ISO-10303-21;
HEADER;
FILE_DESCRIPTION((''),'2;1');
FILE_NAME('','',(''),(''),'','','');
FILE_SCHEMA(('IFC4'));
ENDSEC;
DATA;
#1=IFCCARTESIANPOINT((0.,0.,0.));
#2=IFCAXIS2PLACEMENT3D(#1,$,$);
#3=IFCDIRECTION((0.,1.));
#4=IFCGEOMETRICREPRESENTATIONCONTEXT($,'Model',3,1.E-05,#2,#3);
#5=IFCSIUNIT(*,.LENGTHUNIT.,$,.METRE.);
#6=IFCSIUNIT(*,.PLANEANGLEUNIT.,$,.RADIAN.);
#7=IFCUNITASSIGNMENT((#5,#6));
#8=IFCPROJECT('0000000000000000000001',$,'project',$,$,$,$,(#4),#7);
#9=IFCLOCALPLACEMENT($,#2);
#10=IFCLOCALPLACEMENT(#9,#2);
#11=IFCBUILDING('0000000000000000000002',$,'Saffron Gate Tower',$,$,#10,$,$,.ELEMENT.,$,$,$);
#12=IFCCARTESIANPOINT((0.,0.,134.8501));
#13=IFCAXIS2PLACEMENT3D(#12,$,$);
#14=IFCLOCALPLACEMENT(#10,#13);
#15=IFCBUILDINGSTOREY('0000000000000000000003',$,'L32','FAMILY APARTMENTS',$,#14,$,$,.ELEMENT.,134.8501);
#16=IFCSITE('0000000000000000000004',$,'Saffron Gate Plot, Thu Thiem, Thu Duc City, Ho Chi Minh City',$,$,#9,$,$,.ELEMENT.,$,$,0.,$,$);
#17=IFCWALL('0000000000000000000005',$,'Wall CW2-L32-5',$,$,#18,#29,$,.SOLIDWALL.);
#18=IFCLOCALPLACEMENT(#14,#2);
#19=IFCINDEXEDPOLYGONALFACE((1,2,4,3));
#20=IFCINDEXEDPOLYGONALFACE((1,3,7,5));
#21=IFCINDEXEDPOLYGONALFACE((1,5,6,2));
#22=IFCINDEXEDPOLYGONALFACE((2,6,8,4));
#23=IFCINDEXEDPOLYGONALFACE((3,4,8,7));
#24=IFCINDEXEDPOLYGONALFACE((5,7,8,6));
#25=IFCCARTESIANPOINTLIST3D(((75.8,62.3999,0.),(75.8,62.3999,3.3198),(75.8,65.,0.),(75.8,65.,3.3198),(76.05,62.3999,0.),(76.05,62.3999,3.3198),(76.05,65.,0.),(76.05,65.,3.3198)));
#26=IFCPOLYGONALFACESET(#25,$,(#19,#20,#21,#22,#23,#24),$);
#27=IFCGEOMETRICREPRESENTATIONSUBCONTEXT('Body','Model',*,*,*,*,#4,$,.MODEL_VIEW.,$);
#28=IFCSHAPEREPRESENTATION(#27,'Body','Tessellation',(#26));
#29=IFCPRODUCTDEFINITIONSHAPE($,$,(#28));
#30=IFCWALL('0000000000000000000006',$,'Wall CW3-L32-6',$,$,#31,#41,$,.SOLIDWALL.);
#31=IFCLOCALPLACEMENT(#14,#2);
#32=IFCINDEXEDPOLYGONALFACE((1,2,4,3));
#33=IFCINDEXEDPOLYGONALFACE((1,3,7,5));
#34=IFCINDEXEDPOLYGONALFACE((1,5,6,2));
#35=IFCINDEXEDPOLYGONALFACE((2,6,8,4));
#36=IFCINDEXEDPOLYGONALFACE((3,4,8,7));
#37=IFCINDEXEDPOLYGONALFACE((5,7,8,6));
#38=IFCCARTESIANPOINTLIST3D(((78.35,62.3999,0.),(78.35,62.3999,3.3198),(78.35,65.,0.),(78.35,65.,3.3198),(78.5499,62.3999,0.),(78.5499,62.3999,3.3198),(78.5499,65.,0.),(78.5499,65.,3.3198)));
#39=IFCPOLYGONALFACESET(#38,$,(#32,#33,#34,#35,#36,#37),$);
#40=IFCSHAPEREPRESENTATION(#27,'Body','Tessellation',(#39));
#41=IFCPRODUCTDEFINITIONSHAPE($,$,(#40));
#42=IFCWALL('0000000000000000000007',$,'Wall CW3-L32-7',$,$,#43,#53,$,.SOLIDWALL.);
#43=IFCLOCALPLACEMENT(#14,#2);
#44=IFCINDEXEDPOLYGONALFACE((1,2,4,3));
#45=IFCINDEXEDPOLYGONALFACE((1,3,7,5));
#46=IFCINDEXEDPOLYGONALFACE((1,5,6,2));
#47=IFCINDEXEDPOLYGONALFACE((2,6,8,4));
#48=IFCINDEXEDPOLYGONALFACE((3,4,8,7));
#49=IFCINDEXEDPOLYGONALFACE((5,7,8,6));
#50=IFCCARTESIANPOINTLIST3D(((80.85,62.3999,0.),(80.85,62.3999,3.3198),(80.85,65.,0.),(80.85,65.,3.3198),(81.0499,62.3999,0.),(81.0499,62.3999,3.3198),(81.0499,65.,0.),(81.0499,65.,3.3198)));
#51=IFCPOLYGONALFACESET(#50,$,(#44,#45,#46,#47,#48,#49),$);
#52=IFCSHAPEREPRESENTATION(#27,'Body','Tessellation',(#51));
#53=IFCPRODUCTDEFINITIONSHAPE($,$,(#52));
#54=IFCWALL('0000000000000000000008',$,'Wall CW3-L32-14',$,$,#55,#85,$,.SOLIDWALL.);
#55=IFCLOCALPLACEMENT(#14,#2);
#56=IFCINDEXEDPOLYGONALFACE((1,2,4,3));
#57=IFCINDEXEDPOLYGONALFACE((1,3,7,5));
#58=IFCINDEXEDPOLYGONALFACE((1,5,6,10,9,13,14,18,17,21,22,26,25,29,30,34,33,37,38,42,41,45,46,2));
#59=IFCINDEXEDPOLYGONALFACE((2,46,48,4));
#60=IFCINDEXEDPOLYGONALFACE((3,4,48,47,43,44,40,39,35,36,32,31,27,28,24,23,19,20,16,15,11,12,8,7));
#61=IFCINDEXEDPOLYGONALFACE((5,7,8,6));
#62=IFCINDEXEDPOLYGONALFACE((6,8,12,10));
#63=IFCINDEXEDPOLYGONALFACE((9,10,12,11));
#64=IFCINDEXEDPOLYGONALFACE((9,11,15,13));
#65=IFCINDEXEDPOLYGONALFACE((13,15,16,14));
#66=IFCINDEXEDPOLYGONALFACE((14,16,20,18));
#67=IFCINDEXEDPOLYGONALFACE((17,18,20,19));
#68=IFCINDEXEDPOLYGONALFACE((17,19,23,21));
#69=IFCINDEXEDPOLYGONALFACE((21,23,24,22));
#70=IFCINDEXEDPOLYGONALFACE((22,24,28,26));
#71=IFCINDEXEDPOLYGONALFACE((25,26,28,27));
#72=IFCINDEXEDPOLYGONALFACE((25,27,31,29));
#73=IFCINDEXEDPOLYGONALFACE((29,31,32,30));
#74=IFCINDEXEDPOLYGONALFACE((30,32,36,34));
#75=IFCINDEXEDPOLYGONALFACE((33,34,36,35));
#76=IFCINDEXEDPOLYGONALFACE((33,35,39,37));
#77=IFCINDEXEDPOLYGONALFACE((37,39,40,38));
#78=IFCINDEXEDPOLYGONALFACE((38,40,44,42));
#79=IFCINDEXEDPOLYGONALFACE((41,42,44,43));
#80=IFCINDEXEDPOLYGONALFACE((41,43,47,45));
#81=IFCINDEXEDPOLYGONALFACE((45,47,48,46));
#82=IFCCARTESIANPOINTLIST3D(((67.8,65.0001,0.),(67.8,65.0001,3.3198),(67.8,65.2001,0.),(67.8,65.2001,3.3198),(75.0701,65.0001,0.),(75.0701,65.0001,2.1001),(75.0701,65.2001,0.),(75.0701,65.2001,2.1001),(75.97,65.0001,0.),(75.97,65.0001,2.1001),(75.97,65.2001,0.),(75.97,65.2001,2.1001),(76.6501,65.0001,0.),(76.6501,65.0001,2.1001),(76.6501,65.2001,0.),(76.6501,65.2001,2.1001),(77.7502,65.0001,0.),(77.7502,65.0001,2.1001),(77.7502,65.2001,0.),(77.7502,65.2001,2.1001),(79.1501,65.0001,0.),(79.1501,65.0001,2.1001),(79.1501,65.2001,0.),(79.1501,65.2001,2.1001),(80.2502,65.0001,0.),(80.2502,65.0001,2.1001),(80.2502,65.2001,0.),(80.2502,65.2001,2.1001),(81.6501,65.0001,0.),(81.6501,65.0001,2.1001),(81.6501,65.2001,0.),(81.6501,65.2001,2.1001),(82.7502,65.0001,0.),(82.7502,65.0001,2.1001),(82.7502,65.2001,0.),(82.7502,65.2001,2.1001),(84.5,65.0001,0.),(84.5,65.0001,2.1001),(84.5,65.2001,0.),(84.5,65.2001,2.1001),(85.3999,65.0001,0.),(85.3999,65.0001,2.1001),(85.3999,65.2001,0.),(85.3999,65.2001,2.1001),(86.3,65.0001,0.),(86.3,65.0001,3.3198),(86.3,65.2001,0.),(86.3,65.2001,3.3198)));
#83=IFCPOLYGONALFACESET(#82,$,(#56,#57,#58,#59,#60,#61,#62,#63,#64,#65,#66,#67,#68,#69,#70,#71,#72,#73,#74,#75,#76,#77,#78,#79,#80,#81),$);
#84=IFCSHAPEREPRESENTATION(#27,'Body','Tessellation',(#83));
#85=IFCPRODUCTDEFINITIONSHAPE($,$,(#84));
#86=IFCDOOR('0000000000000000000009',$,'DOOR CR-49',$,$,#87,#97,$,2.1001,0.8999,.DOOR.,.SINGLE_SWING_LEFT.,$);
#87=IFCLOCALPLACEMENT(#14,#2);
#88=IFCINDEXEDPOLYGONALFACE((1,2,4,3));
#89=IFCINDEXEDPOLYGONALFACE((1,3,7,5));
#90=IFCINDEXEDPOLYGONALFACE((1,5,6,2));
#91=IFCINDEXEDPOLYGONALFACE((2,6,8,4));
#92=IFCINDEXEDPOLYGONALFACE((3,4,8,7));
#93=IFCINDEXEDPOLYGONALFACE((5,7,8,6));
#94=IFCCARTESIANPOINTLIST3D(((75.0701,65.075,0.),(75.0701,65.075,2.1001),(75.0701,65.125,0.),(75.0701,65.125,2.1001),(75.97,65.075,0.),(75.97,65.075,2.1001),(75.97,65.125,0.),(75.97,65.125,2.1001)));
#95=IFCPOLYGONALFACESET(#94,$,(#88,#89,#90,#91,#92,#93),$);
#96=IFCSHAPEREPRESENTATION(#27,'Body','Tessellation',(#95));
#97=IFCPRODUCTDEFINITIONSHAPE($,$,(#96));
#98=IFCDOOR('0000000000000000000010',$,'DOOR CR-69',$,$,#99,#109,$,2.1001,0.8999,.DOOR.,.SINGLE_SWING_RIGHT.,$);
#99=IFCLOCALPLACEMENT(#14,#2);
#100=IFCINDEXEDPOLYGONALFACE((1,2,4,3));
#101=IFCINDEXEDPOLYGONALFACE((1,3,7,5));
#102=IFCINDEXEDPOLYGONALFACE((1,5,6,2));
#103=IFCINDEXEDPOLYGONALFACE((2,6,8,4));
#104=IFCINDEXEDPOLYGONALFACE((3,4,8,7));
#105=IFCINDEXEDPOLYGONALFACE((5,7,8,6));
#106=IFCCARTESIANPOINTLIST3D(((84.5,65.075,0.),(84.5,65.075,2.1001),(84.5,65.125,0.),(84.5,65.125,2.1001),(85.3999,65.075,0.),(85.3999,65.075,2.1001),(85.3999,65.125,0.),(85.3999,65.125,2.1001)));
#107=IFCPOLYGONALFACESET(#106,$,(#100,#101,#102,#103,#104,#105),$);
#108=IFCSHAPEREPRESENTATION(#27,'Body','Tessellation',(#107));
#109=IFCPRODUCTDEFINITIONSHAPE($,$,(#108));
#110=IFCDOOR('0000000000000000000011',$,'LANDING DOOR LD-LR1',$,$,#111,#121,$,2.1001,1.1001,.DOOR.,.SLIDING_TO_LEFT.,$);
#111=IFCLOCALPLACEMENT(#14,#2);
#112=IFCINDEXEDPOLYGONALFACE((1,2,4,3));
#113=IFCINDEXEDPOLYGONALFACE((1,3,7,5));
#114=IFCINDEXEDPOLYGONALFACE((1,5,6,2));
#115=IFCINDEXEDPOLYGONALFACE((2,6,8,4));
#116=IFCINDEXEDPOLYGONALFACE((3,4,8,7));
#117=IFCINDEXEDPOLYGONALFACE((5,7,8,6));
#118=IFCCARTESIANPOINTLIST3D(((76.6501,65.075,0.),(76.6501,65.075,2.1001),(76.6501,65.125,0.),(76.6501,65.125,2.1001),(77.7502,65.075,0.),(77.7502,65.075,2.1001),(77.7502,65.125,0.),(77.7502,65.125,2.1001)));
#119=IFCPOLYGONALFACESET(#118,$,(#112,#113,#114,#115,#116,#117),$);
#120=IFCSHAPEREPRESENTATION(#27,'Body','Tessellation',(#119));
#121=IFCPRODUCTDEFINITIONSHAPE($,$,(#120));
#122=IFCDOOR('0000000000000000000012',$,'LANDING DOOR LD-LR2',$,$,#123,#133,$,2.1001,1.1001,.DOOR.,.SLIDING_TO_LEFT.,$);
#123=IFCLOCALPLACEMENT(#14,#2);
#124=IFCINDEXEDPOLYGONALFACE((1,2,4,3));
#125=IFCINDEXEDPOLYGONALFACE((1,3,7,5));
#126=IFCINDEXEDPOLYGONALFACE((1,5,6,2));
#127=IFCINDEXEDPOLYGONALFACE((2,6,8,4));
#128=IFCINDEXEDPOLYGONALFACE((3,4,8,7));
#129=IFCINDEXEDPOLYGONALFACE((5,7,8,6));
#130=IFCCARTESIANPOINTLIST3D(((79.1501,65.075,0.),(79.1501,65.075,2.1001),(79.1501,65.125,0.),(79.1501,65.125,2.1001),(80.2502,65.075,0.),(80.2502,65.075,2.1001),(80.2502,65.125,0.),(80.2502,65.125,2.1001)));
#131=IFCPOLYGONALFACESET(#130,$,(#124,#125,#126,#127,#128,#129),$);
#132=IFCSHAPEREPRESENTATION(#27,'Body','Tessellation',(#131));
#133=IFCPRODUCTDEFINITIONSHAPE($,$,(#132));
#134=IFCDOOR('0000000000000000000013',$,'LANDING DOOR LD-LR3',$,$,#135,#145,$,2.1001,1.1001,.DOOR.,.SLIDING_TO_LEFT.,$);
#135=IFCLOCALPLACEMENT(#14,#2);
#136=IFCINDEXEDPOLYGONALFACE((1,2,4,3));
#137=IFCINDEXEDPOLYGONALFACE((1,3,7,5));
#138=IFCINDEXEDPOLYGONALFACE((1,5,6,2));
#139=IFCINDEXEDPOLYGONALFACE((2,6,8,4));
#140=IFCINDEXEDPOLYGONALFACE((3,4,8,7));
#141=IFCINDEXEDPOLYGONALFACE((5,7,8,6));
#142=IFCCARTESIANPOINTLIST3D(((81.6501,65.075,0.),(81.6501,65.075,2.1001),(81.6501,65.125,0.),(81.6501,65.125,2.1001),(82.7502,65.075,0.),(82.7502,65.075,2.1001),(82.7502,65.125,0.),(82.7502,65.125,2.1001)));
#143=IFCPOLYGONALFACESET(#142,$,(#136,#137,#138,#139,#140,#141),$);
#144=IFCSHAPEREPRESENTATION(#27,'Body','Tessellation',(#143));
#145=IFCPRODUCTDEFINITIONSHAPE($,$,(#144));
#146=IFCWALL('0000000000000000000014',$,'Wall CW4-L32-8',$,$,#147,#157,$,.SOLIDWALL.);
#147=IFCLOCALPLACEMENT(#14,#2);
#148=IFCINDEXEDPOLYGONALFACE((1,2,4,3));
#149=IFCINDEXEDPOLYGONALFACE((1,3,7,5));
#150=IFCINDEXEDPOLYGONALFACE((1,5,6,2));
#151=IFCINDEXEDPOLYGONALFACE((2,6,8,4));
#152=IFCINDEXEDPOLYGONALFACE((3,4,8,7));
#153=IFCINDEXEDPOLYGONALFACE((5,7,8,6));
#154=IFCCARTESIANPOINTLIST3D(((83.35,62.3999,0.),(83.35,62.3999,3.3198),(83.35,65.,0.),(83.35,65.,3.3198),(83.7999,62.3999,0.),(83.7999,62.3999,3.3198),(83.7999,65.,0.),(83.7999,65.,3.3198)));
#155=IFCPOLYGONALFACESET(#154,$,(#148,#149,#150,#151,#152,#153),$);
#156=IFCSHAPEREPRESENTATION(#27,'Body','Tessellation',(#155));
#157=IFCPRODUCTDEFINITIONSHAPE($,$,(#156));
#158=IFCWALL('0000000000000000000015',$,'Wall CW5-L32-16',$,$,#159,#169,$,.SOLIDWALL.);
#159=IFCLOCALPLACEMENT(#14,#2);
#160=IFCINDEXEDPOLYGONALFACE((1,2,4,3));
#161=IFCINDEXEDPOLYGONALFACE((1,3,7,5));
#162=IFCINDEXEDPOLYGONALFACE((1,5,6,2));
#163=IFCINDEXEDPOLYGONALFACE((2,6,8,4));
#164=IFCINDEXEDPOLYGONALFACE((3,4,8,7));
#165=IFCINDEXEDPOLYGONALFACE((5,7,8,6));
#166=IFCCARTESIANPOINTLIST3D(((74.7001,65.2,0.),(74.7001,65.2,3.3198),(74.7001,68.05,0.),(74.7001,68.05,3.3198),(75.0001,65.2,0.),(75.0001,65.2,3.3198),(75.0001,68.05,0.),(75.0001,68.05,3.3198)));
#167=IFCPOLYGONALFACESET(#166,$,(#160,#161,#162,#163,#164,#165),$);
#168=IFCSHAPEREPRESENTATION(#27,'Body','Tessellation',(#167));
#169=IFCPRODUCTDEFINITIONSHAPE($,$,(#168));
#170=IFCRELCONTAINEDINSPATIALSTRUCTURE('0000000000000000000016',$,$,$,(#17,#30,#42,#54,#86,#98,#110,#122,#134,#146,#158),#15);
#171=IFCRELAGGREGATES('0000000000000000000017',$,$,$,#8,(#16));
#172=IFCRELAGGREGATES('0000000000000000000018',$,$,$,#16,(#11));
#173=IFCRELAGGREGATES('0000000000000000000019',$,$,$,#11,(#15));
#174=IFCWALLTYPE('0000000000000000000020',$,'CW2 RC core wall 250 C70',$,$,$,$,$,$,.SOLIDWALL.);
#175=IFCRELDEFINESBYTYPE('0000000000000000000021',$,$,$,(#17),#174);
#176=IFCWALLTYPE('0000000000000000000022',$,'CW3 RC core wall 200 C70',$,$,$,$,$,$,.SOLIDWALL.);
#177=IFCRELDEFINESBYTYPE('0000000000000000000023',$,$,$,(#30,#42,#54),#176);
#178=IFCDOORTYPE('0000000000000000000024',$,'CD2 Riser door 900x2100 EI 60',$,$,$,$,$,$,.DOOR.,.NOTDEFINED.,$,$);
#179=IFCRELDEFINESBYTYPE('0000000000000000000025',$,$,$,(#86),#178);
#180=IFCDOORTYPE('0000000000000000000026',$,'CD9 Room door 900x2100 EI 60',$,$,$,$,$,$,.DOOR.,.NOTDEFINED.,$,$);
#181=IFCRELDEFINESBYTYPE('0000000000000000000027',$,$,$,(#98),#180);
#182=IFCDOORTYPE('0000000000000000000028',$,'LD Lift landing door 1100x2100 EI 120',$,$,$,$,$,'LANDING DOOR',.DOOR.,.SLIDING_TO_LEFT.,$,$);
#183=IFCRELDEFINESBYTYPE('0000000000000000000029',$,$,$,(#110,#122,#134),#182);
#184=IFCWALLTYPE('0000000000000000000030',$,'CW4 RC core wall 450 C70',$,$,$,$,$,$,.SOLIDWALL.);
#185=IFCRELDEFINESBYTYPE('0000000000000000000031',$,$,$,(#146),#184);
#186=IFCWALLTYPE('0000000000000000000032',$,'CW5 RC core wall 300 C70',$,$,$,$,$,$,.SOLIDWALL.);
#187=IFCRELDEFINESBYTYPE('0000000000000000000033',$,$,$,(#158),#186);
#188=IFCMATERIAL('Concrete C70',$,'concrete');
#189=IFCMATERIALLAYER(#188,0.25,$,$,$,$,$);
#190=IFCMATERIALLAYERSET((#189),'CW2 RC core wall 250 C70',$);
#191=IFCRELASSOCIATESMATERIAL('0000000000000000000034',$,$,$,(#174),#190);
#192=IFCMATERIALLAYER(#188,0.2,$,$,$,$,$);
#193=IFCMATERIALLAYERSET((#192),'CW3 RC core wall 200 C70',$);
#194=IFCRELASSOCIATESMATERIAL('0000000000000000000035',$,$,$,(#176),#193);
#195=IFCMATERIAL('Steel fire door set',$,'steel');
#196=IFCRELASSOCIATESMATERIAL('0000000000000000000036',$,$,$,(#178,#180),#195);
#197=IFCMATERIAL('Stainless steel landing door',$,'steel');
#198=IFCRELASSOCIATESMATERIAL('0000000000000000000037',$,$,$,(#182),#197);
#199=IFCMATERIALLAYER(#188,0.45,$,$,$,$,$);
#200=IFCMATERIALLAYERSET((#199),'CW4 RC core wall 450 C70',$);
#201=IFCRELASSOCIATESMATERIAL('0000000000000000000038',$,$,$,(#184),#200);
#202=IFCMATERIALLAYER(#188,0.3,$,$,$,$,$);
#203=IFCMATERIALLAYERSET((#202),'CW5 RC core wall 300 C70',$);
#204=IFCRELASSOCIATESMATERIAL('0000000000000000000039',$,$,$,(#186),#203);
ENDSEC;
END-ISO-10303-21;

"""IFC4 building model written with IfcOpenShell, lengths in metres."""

from ifc_helpers import new_model, si_unit, direction, frame, frame_2d, origin, place, context, subcontext, project, spatial, rectangle, extrude, material, layer, layer_set, type_object, element, fill, save


model = new_model("IFC4")

# Units and contexts
model_context = context("Model", 3, precision=1e-05, world=origin(), true_north=direction((0.0, 1.0)))
body_context = subcontext(model_context, "Body", "Model", "MODEL_VIEW")
ifc_project = project(units=[si_unit("LENGTHUNIT", "METRE"), si_unit("PLANEANGLEUNIT", "RADIAN")], contexts=[model_context])

# Site, building, storey
site_placement = place(None, origin())
site = spatial("IfcSite", under=ifc_project, at=site_placement, Name="Saffron Gate Plot, Thu Thiem, Thu Duc City, Ho Chi Minh City", CompositionType="ELEMENT", RefElevation=0.0)
building_placement = place(site_placement, origin())
building = spatial("IfcBuilding", under=site, at=building_placement, Name="Saffron Gate Tower", CompositionType="ELEMENT")
storey_placement = place(building_placement, frame((0.0, 0.0, 134.8501)))
storey = spatial("IfcBuildingStorey", under=building, at=storey_placement, Name="L32", Description="FAMILY APARTMENTS", CompositionType="ELEMENT", Elevation=134.8501)

# Walls
ifc_material_1 = material(Name="Concrete C70", Category="concrete")
ifc_layer_1 = layer(ifc_material_1, 0.25)
ifc_layer_set_1 = layer_set([ifc_layer_1], Name="CW2 RC core wall 250 C70")
wall_type_1 = type_object("IfcWallType", Name="CW2 RC core wall 250 C70", PredefinedType="SOLIDWALL", material=ifc_layer_set_1)
wall_1_placement = place(storey_placement, frame((75.925, 62.3999, 0.0), z_axis=(0.0, 0.0, 1.0), x_axis=(0.0, 1.0, 0.0)))
element("IfcWall", 1, at=wall_1_placement, inside=storey, type_object=wall_type_1, Name="Wall CW2-L32-5", PredefinedType="SOLIDWALL", context=body_context, shape_type="SweptSolid", body=[
    extrude(rectangle(XDim=2.6001, YDim=0.25, at=frame_2d((1.3, 0.0))), origin(), (0.0, 0.0, 1.0), 3.3198),
])
ifc_layer_2 = layer(ifc_material_1, 0.2)
ifc_layer_set_2 = layer_set([ifc_layer_2], Name="CW3 RC core wall 200 C70")
wall_type_2 = type_object("IfcWallType", Name="CW3 RC core wall 200 C70", PredefinedType="SOLIDWALL", material=ifc_layer_set_2)
for number, where, z_axis, x_axis, name in (
    (2, (78.45, 62.3999, 0.0), (0.0, 0.0, 1.0), (0.0, 1.0, 0.0), "Wall CW3-L32-6"),
    (3, (80.95, 62.3999, 0.0), (0.0, 0.0, 1.0), (0.0, 1.0, 0.0), "Wall CW3-L32-7"),
):
    element("IfcWall", number, at=place(storey_placement, frame(where, z_axis=z_axis, x_axis=x_axis)), inside=storey, type_object=wall_type_2, Name=name, PredefinedType="SOLIDWALL", context=body_context, shape_type="SweptSolid", body=[
        extrude(rectangle(XDim=2.6001, YDim=0.2, at=frame_2d((1.3, 0.0))), origin(), (0.0, 0.0, 1.0), 3.3198),
    ])

# Wall, openings, doors
wall_2_placement = place(storey_placement, frame((67.8, 65.1001, 0.0), z_axis=(0.0, 0.0, 1.0), x_axis=(1.0, 0.0, 0.0)))
wall_2 = element("IfcWall", 4, at=wall_2_placement, inside=storey, type_object=wall_type_2, Name="Wall CW3-L32-14", PredefinedType="SOLIDWALL", context=body_context, shape_type="SweptSolid", body=[
    extrude(rectangle(XDim=18.5, YDim=0.2, at=frame_2d((9.25, 0.0))), origin(), (0.0, 0.0, 1.0), 3.3198),
])
opening_1_placement = place(wall_2_placement, frame((7.27, 0.0, 0.0)))
opening_1 = element("IfcOpeningElement", 5, at=opening_1_placement, cuts=wall_2, PredefinedType="OPENING", context=body_context, shape_type="SweptSolid", body=[
    extrude(rectangle(XDim=0.8999, YDim=2.1001, at=frame_2d((0.45, 1.05))), frame((0.0, 0.1099, 0.0), z_axis=(0.0, -1.0, 0.0), x_axis=(1.0, 0.0, 0.0)), (0.0, 0.0, 1.0), 0.22),
])
opening_2_placement = place(wall_2_placement, frame((8.8501, 0.0, 0.0)))
opening_2 = element("IfcOpeningElement", 6, at=opening_2_placement, cuts=wall_2, PredefinedType="OPENING", context=body_context, shape_type="SweptSolid", body=[
    extrude(rectangle(XDim=1.1001, YDim=2.1001, at=frame_2d((0.55, 1.05))), frame((0.0, 0.1099, 0.0), z_axis=(0.0, -1.0, 0.0), x_axis=(1.0, 0.0, 0.0)), (0.0, 0.0, 1.0), 0.22),
])
opening_3_placement = place(wall_2_placement, frame((11.3501, 0.0, 0.0)))
opening_3 = element("IfcOpeningElement", 7, at=opening_3_placement, cuts=wall_2, PredefinedType="OPENING", context=body_context, shape_type="SweptSolid", body=[
    extrude(rectangle(XDim=1.1001, YDim=2.1001, at=frame_2d((0.55, 1.05))), frame((0.0, 0.1099, 0.0), z_axis=(0.0, -1.0, 0.0), x_axis=(1.0, 0.0, 0.0)), (0.0, 0.0, 1.0), 0.22),
])
opening_4_placement = place(wall_2_placement, frame((13.8501, 0.0, 0.0)))
opening_4 = element("IfcOpeningElement", 8, at=opening_4_placement, cuts=wall_2, PredefinedType="OPENING", context=body_context, shape_type="SweptSolid", body=[
    extrude(rectangle(XDim=1.1001, YDim=2.1001, at=frame_2d((0.55, 1.05))), frame((0.0, 0.1099, 0.0), z_axis=(0.0, -1.0, 0.0), x_axis=(1.0, 0.0, 0.0)), (0.0, 0.0, 1.0), 0.22),
])
opening_5_placement = place(wall_2_placement, frame((16.7, 0.0, 0.0)))
opening_5 = element("IfcOpeningElement", 9, at=opening_5_placement, cuts=wall_2, PredefinedType="OPENING", context=body_context, shape_type="SweptSolid", body=[
    extrude(rectangle(XDim=0.8999, YDim=2.1001, at=frame_2d((0.45, 1.05))), frame((0.0, 0.1099, 0.0), z_axis=(0.0, -1.0, 0.0), x_axis=(1.0, 0.0, 0.0)), (0.0, 0.0, 1.0), 0.22),
])
ifc_material_2 = material(Name="Steel fire door set", Category="steel")
door_type_1 = type_object("IfcDoorType", Name="CD2 Riser door 900x2100 EI 60", OperationType="NOTDEFINED", PredefinedType="DOOR", material=ifc_material_2)
door_1_placement = place(opening_1_placement, origin())
door_1 = element("IfcDoor", 10, at=door_1_placement, inside=storey, type_object=door_type_1, Name="DOOR CR-49", OperationType="SINGLE_SWING_LEFT", OverallHeight=2.1001, OverallWidth=0.8999, PredefinedType="DOOR", context=body_context, shape_type="SweptSolid", body=[
    extrude(rectangle(XDim=0.8999, YDim=2.1001, at=frame_2d((0.45, 1.05))), frame((0.0, 0.0249, 0.0), z_axis=(0.0, -1.0, 0.0), x_axis=(1.0, 0.0, 0.0)), (0.0, 0.0, 1.0), 0.05),
])
fill(opening_1, door_1)
door_type_2 = type_object("IfcDoorType", Name="CD9 Room door 900x2100 EI 60", OperationType="NOTDEFINED", PredefinedType="DOOR", material=ifc_material_2)
door_2_placement = place(opening_5_placement, origin())
door_2 = element("IfcDoor", 11, at=door_2_placement, inside=storey, type_object=door_type_2, Name="DOOR CR-69", OperationType="SINGLE_SWING_RIGHT", OverallHeight=2.1001, OverallWidth=0.8999, PredefinedType="DOOR", context=body_context, shape_type="SweptSolid", body=[
    extrude(rectangle(XDim=0.8999, YDim=2.1001, at=frame_2d((0.45, 1.05))), frame((0.0, 0.0249, 0.0), z_axis=(0.0, -1.0, 0.0), x_axis=(1.0, 0.0, 0.0)), (0.0, 0.0, 1.0), 0.05),
])
fill(opening_5, door_2)
ifc_material_3 = material(Name="Stainless steel landing door", Category="steel")
door_type_3 = type_object("IfcDoorType", Name="LD Lift landing door 1100x2100 EI 120", ElementType="LANDING DOOR", OperationType="SLIDING_TO_LEFT", PredefinedType="DOOR", material=ifc_material_3)
door_3_placement = place(opening_2_placement, origin())
door_3 = element("IfcDoor", 12, at=door_3_placement, inside=storey, type_object=door_type_3, Name="LANDING DOOR LD-LR1", OperationType="SLIDING_TO_LEFT", OverallHeight=2.1001, OverallWidth=1.1001, PredefinedType="DOOR", context=body_context, shape_type="SweptSolid", body=[
    extrude(rectangle(XDim=1.1001, YDim=2.1001, at=frame_2d((0.55, 1.05))), frame((0.0, 0.0249, 0.0), z_axis=(0.0, -1.0, 0.0), x_axis=(1.0, 0.0, 0.0)), (0.0, 0.0, 1.0), 0.05),
])
fill(opening_2, door_3)
door_4_placement = place(opening_3_placement, origin())
door_4 = element("IfcDoor", 13, at=door_4_placement, inside=storey, type_object=door_type_3, Name="LANDING DOOR LD-LR2", OperationType="SLIDING_TO_LEFT", OverallHeight=2.1001, OverallWidth=1.1001, PredefinedType="DOOR", context=body_context, shape_type="SweptSolid", body=[
    extrude(rectangle(XDim=1.1001, YDim=2.1001, at=frame_2d((0.55, 1.05))), frame((0.0, 0.0249, 0.0), z_axis=(0.0, -1.0, 0.0), x_axis=(1.0, 0.0, 0.0)), (0.0, 0.0, 1.0), 0.05),
])
fill(opening_3, door_4)
door_5_placement = place(opening_4_placement, origin())
door_5 = element("IfcDoor", 14, at=door_5_placement, inside=storey, type_object=door_type_3, Name="LANDING DOOR LD-LR3", OperationType="SLIDING_TO_LEFT", OverallHeight=2.1001, OverallWidth=1.1001, PredefinedType="DOOR", context=body_context, shape_type="SweptSolid", body=[
    extrude(rectangle(XDim=1.1001, YDim=2.1001, at=frame_2d((0.55, 1.05))), frame((0.0, 0.0249, 0.0), z_axis=(0.0, -1.0, 0.0), x_axis=(1.0, 0.0, 0.0)), (0.0, 0.0, 1.0), 0.05),
])
fill(opening_4, door_5)

# Walls
ifc_layer_3 = layer(ifc_material_1, 0.45)
ifc_layer_set_3 = layer_set([ifc_layer_3], Name="CW4 RC core wall 450 C70")
wall_type_3 = type_object("IfcWallType", Name="CW4 RC core wall 450 C70", PredefinedType="SOLIDWALL", material=ifc_layer_set_3)
wall_3_placement = place(storey_placement, frame((83.575, 62.3999, 0.0), z_axis=(0.0, 0.0, 1.0), x_axis=(0.0, 1.0, 0.0)))
element("IfcWall", 15, at=wall_3_placement, inside=storey, type_object=wall_type_3, Name="Wall CW4-L32-8", PredefinedType="SOLIDWALL", context=body_context, shape_type="SweptSolid", body=[
    extrude(rectangle(XDim=2.6001, YDim=0.45, at=frame_2d((1.3, 0.0))), origin(), (0.0, 0.0, 1.0), 3.3198),
])
ifc_layer_4 = layer(ifc_material_1, 0.3)
ifc_layer_set_4 = layer_set([ifc_layer_4], Name="CW5 RC core wall 300 C70")
wall_type_4 = type_object("IfcWallType", Name="CW5 RC core wall 300 C70", PredefinedType="SOLIDWALL", material=ifc_layer_set_4)
wall_4_placement = place(storey_placement, frame((74.8501, 65.2, 0.0), z_axis=(0.0, 0.0, 1.0), x_axis=(0.0, 1.0, 0.0)))
element("IfcWall", 16, at=wall_4_placement, inside=storey, type_object=wall_type_4, Name="Wall CW5-L32-16", PredefinedType="SOLIDWALL", context=body_context, shape_type="SweptSolid", body=[
    extrude(rectangle(XDim=2.8501, YDim=0.3, at=frame_2d((1.425, 0.0))), origin(), (0.0, 0.0, 1.0), 3.3198),
])

save(model, "model.ifc")
